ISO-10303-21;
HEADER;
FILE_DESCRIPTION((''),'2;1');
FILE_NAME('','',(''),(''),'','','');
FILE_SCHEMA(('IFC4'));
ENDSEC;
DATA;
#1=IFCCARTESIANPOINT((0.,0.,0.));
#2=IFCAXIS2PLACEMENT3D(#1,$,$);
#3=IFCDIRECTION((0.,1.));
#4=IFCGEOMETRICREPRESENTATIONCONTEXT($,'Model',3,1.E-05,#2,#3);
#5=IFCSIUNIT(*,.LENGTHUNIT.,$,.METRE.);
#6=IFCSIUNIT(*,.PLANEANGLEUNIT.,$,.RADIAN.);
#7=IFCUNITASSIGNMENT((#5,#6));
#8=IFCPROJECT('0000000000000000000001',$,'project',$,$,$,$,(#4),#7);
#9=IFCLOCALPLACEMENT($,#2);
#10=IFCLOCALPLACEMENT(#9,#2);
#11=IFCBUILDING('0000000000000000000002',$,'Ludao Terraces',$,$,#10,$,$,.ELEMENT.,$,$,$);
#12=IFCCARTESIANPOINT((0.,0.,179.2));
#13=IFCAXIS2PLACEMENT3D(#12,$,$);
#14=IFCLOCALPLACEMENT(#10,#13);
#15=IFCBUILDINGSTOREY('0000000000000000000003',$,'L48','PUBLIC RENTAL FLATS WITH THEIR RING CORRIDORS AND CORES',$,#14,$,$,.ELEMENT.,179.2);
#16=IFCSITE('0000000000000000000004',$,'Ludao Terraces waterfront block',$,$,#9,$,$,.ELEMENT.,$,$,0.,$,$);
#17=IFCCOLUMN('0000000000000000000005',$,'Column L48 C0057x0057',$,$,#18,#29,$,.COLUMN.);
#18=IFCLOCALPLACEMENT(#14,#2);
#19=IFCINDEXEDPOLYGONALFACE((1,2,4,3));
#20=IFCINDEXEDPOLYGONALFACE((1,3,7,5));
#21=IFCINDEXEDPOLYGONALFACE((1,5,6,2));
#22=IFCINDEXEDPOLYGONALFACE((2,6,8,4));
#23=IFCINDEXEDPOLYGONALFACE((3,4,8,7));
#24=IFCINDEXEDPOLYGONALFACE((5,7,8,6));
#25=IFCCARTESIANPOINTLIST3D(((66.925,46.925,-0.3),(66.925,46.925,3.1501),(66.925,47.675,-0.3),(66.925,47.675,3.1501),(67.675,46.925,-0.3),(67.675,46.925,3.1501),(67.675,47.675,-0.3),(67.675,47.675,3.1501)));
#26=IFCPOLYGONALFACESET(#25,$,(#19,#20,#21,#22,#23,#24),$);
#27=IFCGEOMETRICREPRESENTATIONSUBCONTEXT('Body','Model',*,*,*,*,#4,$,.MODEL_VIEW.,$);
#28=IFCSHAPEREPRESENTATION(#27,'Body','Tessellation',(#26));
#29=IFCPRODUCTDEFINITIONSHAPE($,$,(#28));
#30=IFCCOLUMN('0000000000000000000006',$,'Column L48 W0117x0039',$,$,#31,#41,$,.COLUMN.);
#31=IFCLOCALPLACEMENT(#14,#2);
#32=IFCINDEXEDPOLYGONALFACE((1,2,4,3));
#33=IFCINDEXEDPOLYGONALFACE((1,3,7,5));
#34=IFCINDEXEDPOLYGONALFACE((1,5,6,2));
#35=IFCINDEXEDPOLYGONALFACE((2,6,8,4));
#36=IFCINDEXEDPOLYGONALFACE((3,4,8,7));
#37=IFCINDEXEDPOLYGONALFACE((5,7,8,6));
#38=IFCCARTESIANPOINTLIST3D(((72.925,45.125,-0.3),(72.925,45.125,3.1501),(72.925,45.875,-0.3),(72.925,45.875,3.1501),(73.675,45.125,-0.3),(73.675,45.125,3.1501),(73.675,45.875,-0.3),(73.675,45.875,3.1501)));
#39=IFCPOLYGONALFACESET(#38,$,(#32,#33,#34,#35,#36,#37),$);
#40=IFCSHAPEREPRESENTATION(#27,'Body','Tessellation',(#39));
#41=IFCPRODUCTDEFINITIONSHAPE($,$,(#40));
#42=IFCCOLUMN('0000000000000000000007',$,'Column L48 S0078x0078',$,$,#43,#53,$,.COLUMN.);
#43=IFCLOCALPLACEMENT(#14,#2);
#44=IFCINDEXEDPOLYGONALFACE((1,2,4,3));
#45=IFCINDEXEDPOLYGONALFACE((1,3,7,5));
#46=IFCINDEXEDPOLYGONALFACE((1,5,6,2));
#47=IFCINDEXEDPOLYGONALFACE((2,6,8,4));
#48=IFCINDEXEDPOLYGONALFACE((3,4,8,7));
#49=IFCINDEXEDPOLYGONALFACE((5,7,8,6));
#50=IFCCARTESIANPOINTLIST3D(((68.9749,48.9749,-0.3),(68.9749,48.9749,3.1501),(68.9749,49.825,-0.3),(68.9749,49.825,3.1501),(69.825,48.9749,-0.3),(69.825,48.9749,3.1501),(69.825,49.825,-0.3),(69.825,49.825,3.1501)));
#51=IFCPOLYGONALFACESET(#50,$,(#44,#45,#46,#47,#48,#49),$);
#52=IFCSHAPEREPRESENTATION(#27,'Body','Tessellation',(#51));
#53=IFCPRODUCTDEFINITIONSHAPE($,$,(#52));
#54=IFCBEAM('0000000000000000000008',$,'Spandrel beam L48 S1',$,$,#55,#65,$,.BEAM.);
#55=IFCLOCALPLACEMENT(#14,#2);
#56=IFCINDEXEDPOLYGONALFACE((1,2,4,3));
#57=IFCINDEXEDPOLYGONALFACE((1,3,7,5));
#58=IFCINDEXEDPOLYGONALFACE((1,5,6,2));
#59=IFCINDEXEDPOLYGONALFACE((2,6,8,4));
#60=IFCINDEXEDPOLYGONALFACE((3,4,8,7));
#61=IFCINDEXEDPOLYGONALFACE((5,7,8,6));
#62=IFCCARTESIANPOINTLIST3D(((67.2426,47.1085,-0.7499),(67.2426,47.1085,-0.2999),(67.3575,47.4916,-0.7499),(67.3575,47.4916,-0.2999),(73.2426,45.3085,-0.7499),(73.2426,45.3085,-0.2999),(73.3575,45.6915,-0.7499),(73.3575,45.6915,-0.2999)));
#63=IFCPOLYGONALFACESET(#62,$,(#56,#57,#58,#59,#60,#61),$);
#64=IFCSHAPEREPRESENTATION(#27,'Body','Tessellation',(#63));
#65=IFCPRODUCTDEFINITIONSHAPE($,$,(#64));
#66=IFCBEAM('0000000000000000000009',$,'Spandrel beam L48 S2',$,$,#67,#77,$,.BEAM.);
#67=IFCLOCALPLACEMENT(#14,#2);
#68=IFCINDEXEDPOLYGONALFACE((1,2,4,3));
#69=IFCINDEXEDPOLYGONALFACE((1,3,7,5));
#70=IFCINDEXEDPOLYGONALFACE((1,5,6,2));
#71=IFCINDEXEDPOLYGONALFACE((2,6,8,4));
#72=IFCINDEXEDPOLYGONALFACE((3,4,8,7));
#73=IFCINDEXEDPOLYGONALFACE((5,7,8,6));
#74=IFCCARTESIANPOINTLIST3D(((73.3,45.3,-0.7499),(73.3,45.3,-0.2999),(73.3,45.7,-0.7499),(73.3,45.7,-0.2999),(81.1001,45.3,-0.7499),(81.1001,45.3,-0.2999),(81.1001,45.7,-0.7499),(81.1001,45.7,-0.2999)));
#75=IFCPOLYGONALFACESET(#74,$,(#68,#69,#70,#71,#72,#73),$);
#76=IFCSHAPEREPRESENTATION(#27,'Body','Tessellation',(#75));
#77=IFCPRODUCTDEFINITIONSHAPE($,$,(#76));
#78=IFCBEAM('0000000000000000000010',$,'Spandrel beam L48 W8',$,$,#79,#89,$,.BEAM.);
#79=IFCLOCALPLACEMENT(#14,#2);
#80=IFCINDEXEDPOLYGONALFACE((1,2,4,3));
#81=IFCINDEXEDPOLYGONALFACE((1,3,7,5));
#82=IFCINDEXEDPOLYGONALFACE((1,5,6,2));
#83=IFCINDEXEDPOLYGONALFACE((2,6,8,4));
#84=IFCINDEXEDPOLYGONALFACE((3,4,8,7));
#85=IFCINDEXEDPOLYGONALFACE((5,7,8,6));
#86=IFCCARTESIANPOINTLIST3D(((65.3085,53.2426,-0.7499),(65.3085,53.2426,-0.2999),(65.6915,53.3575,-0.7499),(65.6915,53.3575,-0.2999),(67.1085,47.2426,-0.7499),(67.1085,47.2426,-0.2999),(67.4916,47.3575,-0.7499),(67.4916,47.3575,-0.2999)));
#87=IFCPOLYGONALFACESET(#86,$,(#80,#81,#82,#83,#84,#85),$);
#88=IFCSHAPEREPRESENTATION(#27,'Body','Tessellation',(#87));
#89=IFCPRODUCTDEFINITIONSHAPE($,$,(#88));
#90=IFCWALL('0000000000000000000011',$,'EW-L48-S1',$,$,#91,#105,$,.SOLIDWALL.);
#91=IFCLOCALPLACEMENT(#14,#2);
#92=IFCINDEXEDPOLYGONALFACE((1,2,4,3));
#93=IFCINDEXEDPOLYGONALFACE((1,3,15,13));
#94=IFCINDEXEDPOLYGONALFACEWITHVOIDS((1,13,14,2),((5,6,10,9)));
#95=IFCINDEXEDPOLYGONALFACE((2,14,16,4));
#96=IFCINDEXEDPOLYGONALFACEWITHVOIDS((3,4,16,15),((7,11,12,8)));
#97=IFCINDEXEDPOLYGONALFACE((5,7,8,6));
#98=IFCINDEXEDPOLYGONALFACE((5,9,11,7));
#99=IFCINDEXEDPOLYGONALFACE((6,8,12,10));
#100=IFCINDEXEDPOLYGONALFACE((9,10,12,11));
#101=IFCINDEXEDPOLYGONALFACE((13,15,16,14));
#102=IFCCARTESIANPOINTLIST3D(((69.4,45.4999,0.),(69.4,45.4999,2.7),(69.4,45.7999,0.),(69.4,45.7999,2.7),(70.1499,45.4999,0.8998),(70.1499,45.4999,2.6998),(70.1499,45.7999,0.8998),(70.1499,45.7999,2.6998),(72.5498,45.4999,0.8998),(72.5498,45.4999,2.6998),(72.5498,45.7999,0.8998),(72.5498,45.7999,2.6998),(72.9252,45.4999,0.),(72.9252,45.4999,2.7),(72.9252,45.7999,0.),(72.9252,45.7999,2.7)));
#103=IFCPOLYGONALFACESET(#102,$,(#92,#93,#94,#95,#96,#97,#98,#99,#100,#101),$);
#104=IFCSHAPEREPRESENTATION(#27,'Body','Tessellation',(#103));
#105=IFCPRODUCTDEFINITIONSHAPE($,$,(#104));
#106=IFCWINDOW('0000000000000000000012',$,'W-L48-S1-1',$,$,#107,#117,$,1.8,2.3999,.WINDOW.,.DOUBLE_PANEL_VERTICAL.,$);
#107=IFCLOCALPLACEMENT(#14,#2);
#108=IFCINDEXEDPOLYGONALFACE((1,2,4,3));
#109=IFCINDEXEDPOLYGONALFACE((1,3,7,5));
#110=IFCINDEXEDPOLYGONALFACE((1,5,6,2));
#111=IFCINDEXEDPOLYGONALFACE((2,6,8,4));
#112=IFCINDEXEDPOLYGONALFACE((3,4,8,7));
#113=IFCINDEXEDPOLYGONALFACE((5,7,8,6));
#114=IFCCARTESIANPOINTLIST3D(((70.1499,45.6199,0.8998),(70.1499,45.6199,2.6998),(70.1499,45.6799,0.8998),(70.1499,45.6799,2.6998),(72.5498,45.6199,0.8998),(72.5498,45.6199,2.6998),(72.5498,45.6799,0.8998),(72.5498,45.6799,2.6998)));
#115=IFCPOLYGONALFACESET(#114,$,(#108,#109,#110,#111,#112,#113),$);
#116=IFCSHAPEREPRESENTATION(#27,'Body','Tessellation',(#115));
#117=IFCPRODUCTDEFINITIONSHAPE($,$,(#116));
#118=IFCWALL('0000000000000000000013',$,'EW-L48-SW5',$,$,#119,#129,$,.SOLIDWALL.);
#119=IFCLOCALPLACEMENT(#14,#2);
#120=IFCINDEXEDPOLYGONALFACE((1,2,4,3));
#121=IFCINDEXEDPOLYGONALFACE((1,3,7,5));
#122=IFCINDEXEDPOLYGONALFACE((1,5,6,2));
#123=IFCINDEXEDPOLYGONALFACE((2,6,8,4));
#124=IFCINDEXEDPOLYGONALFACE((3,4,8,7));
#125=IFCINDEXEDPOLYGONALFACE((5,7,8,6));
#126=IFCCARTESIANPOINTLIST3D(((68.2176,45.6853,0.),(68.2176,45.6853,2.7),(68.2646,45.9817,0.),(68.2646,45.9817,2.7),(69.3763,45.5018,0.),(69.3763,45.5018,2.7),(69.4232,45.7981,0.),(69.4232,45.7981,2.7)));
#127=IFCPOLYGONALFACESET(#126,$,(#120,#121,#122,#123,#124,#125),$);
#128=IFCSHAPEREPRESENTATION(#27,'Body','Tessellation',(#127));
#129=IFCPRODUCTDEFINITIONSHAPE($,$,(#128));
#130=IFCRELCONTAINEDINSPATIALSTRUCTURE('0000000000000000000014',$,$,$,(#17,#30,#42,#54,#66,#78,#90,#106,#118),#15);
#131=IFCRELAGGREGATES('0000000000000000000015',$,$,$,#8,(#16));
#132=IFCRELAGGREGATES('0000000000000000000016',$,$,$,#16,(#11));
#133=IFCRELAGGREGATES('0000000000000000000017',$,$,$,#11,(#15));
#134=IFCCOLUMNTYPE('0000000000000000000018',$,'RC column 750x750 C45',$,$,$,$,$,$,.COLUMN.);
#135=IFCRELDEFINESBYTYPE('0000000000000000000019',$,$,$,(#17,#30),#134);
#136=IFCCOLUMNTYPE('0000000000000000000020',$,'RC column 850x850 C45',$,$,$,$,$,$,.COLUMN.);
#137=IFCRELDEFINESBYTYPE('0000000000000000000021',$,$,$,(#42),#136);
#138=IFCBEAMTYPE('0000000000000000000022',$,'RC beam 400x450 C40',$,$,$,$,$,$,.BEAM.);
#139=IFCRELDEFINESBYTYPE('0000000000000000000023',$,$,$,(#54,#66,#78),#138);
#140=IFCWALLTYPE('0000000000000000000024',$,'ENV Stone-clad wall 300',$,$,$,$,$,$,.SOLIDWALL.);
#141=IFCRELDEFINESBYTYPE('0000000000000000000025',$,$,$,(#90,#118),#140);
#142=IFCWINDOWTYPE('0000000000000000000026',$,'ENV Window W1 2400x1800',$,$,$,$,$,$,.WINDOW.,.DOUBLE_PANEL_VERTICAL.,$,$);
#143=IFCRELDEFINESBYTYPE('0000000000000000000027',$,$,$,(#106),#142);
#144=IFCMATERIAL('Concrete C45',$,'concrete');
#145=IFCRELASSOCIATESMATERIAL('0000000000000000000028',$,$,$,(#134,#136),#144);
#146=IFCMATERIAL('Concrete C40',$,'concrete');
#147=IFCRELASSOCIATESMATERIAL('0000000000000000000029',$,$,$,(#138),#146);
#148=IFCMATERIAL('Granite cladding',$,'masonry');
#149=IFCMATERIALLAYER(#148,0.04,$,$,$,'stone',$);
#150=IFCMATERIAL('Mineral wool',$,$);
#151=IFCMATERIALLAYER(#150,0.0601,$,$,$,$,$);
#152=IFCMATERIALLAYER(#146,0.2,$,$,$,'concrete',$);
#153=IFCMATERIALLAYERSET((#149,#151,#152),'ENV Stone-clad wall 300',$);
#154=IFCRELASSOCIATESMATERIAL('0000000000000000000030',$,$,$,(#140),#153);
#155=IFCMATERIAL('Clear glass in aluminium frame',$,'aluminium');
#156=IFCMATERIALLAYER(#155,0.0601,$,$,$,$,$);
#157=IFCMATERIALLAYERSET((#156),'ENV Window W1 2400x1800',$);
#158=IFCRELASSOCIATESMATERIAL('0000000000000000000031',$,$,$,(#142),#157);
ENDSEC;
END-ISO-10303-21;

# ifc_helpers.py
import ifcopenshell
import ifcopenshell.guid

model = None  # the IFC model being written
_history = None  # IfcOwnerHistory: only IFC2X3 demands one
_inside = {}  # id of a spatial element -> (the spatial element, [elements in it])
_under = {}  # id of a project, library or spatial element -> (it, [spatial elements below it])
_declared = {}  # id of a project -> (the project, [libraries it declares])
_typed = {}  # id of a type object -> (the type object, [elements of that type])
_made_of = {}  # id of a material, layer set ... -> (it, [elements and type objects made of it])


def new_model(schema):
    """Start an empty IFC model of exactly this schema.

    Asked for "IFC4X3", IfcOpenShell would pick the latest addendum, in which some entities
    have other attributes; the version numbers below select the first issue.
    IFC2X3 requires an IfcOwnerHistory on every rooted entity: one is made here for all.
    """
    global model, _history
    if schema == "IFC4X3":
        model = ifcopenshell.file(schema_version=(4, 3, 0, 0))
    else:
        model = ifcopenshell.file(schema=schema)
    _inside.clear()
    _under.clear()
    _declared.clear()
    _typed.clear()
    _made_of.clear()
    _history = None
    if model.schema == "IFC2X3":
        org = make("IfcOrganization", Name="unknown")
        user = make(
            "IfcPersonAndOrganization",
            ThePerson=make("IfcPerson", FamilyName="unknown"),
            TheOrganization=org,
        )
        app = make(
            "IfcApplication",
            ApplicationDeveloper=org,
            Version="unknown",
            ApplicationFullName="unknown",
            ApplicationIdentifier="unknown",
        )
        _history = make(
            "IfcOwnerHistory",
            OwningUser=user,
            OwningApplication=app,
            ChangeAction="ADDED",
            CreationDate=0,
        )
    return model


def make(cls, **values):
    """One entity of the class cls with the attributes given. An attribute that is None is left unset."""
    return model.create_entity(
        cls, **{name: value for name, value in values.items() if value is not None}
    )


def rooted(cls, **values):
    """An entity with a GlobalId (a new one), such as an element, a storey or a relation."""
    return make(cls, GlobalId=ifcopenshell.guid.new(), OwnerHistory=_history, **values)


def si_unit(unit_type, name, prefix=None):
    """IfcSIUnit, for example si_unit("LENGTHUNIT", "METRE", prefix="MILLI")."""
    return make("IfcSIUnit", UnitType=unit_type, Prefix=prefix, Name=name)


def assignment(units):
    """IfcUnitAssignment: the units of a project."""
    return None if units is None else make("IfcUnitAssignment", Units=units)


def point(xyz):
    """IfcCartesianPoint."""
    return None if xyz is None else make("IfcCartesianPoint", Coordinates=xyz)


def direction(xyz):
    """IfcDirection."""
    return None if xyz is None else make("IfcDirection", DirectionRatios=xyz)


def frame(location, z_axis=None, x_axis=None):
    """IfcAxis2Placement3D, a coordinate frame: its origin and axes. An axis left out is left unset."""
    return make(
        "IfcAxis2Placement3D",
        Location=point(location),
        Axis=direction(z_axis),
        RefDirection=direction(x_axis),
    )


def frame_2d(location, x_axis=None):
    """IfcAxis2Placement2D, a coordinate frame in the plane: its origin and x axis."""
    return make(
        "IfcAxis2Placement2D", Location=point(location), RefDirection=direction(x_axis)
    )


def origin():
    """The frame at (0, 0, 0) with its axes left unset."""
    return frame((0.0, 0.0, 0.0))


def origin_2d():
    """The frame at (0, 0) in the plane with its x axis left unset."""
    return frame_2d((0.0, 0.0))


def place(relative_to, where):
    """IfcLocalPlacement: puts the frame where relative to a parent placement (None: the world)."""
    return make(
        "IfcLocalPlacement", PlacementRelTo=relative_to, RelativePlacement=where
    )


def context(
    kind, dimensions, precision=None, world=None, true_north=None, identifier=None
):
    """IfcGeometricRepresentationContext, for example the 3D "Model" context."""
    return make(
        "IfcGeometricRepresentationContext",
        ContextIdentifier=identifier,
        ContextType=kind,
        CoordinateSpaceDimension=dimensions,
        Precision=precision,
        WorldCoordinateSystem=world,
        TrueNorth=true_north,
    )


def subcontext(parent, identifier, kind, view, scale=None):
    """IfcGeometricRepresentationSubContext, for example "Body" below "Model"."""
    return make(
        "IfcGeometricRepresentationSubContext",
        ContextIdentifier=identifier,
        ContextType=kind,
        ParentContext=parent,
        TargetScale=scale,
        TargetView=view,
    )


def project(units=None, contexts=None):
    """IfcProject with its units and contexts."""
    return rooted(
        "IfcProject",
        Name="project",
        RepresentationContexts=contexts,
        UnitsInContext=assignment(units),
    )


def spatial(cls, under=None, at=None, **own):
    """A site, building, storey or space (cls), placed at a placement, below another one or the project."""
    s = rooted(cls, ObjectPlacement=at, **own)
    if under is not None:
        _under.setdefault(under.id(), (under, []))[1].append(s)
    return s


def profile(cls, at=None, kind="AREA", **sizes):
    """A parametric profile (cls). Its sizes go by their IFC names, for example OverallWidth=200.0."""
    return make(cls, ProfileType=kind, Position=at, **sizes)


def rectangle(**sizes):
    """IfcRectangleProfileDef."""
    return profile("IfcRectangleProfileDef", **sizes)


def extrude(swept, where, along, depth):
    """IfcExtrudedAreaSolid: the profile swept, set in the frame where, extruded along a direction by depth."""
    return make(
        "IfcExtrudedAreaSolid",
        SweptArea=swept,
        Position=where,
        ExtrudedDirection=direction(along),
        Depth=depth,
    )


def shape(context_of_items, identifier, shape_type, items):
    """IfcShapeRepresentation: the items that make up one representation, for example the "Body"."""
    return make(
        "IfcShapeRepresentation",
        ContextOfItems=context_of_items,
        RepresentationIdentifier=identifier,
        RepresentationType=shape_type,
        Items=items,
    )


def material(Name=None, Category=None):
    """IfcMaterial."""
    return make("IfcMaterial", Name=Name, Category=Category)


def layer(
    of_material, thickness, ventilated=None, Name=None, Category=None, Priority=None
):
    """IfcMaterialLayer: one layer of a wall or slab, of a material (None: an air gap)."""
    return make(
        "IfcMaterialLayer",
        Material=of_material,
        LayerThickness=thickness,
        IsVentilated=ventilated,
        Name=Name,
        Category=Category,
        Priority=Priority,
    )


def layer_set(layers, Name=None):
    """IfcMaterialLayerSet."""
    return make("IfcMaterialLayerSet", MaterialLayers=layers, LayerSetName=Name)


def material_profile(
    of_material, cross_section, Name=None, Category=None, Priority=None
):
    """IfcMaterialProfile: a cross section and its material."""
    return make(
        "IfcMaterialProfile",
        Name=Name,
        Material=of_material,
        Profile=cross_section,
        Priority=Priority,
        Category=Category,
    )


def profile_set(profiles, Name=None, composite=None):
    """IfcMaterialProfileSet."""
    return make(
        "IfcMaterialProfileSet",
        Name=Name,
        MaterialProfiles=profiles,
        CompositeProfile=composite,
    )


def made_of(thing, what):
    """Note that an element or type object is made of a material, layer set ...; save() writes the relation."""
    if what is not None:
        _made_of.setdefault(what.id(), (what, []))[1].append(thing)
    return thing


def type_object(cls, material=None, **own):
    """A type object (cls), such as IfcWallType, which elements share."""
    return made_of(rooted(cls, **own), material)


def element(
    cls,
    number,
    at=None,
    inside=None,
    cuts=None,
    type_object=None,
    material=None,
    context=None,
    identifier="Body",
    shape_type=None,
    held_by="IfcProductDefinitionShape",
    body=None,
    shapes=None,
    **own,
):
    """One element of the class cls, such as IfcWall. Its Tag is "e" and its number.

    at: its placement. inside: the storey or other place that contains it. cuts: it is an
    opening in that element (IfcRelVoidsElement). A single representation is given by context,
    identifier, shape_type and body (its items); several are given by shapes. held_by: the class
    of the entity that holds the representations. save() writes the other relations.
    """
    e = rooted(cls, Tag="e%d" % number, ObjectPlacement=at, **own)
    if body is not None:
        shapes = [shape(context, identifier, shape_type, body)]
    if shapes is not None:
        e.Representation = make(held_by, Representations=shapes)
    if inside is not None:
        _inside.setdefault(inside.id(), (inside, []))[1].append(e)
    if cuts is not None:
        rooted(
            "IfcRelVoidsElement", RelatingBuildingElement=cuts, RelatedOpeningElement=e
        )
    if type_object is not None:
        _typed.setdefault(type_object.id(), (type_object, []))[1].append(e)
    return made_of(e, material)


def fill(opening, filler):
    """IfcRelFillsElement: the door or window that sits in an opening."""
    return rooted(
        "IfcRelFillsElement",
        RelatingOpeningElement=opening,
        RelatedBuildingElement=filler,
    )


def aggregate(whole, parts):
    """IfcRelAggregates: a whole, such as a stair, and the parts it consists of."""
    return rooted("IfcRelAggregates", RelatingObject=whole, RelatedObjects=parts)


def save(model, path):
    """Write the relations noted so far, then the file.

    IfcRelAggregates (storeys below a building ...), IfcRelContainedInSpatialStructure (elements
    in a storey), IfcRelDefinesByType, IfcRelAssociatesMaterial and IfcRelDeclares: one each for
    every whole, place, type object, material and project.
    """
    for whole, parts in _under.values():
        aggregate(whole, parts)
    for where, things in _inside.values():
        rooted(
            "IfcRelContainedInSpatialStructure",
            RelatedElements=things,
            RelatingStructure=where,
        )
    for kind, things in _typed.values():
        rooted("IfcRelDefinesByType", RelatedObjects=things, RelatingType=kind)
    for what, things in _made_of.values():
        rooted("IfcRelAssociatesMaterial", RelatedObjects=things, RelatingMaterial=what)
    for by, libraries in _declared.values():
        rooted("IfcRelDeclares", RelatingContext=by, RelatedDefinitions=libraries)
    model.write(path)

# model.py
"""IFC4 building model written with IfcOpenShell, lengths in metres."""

from ifc_helpers import new_model, si_unit, direction, frame, frame_2d, origin, origin_2d, place, context, subcontext, project, spatial, rectangle, extrude, material, layer, layer_set, material_profile, profile_set, type_object, element, fill, save


model = new_model("IFC4")

# Units and contexts
model_context = context("Model", 3, precision=1e-05, world=origin(), true_north=direction((0.0, 1.0)))
body_context = subcontext(model_context, "Body", "Model", "MODEL_VIEW")
ifc_project = project(units=[si_unit("LENGTHUNIT", "METRE"), si_unit("PLANEANGLEUNIT", "RADIAN")], contexts=[model_context])

# Site, building, storey
site_placement = place(None, origin())
site = spatial("IfcSite", under=ifc_project, at=site_placement, Name="Ludao Terraces waterfront block", CompositionType="ELEMENT", RefElevation=0.0)
building_placement = place(site_placement, origin())
building = spatial("IfcBuilding", under=site, at=building_placement, Name="Ludao Terraces", CompositionType="ELEMENT")
storey_placement = place(building_placement, frame((0.0, 0.0, 179.2)))
storey = spatial("IfcBuildingStorey", under=building, at=storey_placement, Name="L48", Description="PUBLIC RENTAL FLATS WITH THEIR RING CORRIDORS AND CORES", CompositionType="ELEMENT", Elevation=179.2)

# Columns
ifc_material_1 = material(Name="Concrete C45", Category="concrete")
ifc_material_profile_1 = material_profile(ifc_material_1, rectangle(XDim=0.75, YDim=0.75, at=origin_2d()), Name="750 X 750")
ifc_profile_set_1 = profile_set([ifc_material_profile_1], Name="Concrete C45")
column_type_1 = type_object("IfcColumnType", Name="RC column 750x750 C45", PredefinedType="COLUMN", material=ifc_profile_set_1)
for number, where, z_axis, x_axis, name in (
    (1, (67.3, 47.3, -0.3), (0.0, 0.0, 1.0), (1.0, 0.0, 0.0), "Column L48 C0057x0057"),
    (2, (73.3, 45.5, -0.3), (0.0, 0.0, 1.0), (1.0, 0.0, 0.0), "Column L48 W0117x0039"),
):
    element("IfcColumn", number, at=place(storey_placement, frame(where, z_axis=z_axis, x_axis=x_axis)), inside=storey, type_object=column_type_1, Name=name, PredefinedType="COLUMN", context=body_context, shape_type="SweptSolid", body=[
        extrude(rectangle(XDim=0.75, YDim=0.75, at=origin_2d()), origin(), (0.0, 0.0, 1.0), 3.4502),
    ])
ifc_material_profile_2 = material_profile(ifc_material_1, rectangle(XDim=0.8501, YDim=0.8501, at=origin_2d()), Name="850 X 850")
ifc_profile_set_2 = profile_set([ifc_material_profile_2], Name="Concrete C45")
column_type_2 = type_object("IfcColumnType", Name="RC column 850x850 C45", PredefinedType="COLUMN", material=ifc_profile_set_2)
column_placement = place(storey_placement, frame((69.3999, 49.3999, -0.3), z_axis=(0.0, 0.0, 1.0), x_axis=(1.0, 0.0, 0.0)))
element("IfcColumn", 3, at=column_placement, inside=storey, type_object=column_type_2, Name="Column L48 S0078x0078", PredefinedType="COLUMN", context=body_context, shape_type="SweptSolid", body=[
    extrude(rectangle(XDim=0.8501, YDim=0.8501, at=origin_2d()), origin(), (0.0, 0.0, 1.0), 3.4502),
])

# Beams
ifc_material_2 = material(Name="Concrete C40", Category="concrete")
ifc_material_profile_3 = material_profile(ifc_material_2, rectangle(XDim=0.3999, YDim=0.45, at=origin_2d()), Name="400 X 450")
ifc_profile_set_3 = profile_set([ifc_material_profile_3], Name="Concrete C40")
beam_type = type_object("IfcBeamType", Name="RC beam 400x450 C40", PredefinedType="BEAM", material=ifc_profile_set_3)
beam_1_placement = place(storey_placement, frame((67.3, 47.3, -0.5249), z_axis=(0.957824, -0.287355, 0.0), x_axis=(0.287355, 0.957824, 0.0)))
element("IfcBeam", 4, at=beam_1_placement, inside=storey, type_object=beam_type, Name="Spandrel beam L48 S1", PredefinedType="BEAM", context=body_context, shape_type="SweptSolid", body=[
    extrude(rectangle(XDim=0.3999, YDim=0.45, at=origin_2d()), origin(), (0.0, 0.0, 1.0), 6.2642),
])
beam_2_placement = place(storey_placement, frame((73.3, 45.5, -0.5249), z_axis=(1.0, 0.0, 0.0), x_axis=(0.0, 1.0, 0.0)))
element("IfcBeam", 5, at=beam_2_placement, inside=storey, type_object=beam_type, Name="Spandrel beam L48 S2", PredefinedType="BEAM", context=body_context, shape_type="SweptSolid", body=[
    extrude(rectangle(XDim=0.3999, YDim=0.45, at=origin_2d()), origin(), (0.0, 0.0, 1.0), 7.8),
])
beam_3_placement = place(storey_placement, frame((67.3, 47.3, -0.5249), z_axis=(-0.287355, 0.957824, 0.0), x_axis=(-0.957824, -0.287355, 0.0)))
element("IfcBeam", 6, at=beam_3_placement, inside=storey, type_object=beam_type, Name="Spandrel beam L48 W8", PredefinedType="BEAM", context=body_context, shape_type="SweptSolid", body=[
    extrude(rectangle(XDim=0.3999, YDim=0.45, at=origin_2d()), origin(), (0.0, 0.0, 1.0), 6.2642),
])

# Wall, opening, window
ifc_material_3 = material(Name="Granite cladding", Category="masonry")
ifc_layer_1 = layer(ifc_material_3, 0.04, Category="stone")
ifc_material_4 = material(Name="Mineral wool")
ifc_layer_2 = layer(ifc_material_4, 0.0601)
ifc_layer_3 = layer(ifc_material_2, 0.2, Category="concrete")
ifc_layer_set_1 = layer_set([ifc_layer_1, ifc_layer_2, ifc_layer_3], Name="ENV Stone-clad wall 300")
wall_type_1 = type_object("IfcWallType", Name="ENV Stone-clad wall 300", PredefinedType="SOLIDWALL", material=ifc_layer_set_1)
wall_1_placement = place(storey_placement, frame((69.3999, 45.6499, 0.0), z_axis=(0.0, 0.0, 1.0), x_axis=(1.0, 0.0, 0.0)))
wall_1 = element("IfcWall", 7, at=wall_1_placement, inside=storey, type_object=wall_type_1, Name="EW-L48-S1", PredefinedType="SOLIDWALL", context=body_context, shape_type="SweptSolid", body=[
    extrude(rectangle(XDim=3.5251, YDim=0.3, at=frame_2d((1.7627, 0.0))), origin(), (0.0, 0.0, 1.0), 2.7),
])
opening_1_placement = place(wall_1_placement, frame((0.75, 0.0, 0.8999)))
opening_1 = element("IfcOpeningElement", 8, at=opening_1_placement, cuts=wall_1, PredefinedType="OPENING", context=body_context, shape_type="SweptSolid", body=[
    extrude(rectangle(XDim=2.3999, YDim=1.8, at=frame_2d((1.2, 0.8999))), frame((0.0, 0.1602, 0.0), z_axis=(0.0, -1.0, 0.0), x_axis=(1.0, 0.0, 0.0)), (0.0, 0.0, 1.0), 0.3201),
])
ifc_material_5 = material(Name="Clear glass in aluminium frame", Category="aluminium")
ifc_layer_4 = layer(ifc_material_5, 0.0601)
ifc_layer_set_2 = layer_set([ifc_layer_4], Name="ENV Window W1 2400x1800")
window_type = type_object("IfcWindowType", Name="ENV Window W1 2400x1800", PartitioningType="DOUBLE_PANEL_VERTICAL", PredefinedType="WINDOW", material=ifc_layer_set_2)
window_placement = place(opening_1_placement, origin())
window = element("IfcWindow", 9, at=window_placement, inside=storey, type_object=window_type, Name="W-L48-S1-1", OverallHeight=1.8, OverallWidth=2.3999, PartitioningType="DOUBLE_PANEL_VERTICAL", PredefinedType="WINDOW", context=body_context, shape_type="SweptSolid", body=[
    extrude(rectangle(XDim=2.3999, YDim=1.8, at=frame_2d((1.2, 0.8999))), frame((0.0, 0.03, 0.0), z_axis=(0.0, -1.0, 0.0), x_axis=(1.0, 0.0, 0.0)), (0.0, 0.0, 1.0), 0.0601),
])
fill(opening_1, window)

# Wall
wall_2_placement = place(storey_placement, frame((68.2412, 45.8335, 0.0), z_axis=(0.0, 0.0, 1.0), x_axis=(0.987678, -0.156497, 0.0)))
element("IfcWall", 10, at=wall_2_placement, inside=storey, type_object=wall_type_1, Name="EW-L48-SW5", PredefinedType="SOLIDWALL", context=body_context, shape_type="SweptSolid", body=[
    extrude(rectangle(XDim=1.1731, YDim=0.3, at=frame_2d((0.5864, 0.0))), origin(), (0.0, 0.0, 1.0), 2.7),
])

save(model, "model.ifc")
